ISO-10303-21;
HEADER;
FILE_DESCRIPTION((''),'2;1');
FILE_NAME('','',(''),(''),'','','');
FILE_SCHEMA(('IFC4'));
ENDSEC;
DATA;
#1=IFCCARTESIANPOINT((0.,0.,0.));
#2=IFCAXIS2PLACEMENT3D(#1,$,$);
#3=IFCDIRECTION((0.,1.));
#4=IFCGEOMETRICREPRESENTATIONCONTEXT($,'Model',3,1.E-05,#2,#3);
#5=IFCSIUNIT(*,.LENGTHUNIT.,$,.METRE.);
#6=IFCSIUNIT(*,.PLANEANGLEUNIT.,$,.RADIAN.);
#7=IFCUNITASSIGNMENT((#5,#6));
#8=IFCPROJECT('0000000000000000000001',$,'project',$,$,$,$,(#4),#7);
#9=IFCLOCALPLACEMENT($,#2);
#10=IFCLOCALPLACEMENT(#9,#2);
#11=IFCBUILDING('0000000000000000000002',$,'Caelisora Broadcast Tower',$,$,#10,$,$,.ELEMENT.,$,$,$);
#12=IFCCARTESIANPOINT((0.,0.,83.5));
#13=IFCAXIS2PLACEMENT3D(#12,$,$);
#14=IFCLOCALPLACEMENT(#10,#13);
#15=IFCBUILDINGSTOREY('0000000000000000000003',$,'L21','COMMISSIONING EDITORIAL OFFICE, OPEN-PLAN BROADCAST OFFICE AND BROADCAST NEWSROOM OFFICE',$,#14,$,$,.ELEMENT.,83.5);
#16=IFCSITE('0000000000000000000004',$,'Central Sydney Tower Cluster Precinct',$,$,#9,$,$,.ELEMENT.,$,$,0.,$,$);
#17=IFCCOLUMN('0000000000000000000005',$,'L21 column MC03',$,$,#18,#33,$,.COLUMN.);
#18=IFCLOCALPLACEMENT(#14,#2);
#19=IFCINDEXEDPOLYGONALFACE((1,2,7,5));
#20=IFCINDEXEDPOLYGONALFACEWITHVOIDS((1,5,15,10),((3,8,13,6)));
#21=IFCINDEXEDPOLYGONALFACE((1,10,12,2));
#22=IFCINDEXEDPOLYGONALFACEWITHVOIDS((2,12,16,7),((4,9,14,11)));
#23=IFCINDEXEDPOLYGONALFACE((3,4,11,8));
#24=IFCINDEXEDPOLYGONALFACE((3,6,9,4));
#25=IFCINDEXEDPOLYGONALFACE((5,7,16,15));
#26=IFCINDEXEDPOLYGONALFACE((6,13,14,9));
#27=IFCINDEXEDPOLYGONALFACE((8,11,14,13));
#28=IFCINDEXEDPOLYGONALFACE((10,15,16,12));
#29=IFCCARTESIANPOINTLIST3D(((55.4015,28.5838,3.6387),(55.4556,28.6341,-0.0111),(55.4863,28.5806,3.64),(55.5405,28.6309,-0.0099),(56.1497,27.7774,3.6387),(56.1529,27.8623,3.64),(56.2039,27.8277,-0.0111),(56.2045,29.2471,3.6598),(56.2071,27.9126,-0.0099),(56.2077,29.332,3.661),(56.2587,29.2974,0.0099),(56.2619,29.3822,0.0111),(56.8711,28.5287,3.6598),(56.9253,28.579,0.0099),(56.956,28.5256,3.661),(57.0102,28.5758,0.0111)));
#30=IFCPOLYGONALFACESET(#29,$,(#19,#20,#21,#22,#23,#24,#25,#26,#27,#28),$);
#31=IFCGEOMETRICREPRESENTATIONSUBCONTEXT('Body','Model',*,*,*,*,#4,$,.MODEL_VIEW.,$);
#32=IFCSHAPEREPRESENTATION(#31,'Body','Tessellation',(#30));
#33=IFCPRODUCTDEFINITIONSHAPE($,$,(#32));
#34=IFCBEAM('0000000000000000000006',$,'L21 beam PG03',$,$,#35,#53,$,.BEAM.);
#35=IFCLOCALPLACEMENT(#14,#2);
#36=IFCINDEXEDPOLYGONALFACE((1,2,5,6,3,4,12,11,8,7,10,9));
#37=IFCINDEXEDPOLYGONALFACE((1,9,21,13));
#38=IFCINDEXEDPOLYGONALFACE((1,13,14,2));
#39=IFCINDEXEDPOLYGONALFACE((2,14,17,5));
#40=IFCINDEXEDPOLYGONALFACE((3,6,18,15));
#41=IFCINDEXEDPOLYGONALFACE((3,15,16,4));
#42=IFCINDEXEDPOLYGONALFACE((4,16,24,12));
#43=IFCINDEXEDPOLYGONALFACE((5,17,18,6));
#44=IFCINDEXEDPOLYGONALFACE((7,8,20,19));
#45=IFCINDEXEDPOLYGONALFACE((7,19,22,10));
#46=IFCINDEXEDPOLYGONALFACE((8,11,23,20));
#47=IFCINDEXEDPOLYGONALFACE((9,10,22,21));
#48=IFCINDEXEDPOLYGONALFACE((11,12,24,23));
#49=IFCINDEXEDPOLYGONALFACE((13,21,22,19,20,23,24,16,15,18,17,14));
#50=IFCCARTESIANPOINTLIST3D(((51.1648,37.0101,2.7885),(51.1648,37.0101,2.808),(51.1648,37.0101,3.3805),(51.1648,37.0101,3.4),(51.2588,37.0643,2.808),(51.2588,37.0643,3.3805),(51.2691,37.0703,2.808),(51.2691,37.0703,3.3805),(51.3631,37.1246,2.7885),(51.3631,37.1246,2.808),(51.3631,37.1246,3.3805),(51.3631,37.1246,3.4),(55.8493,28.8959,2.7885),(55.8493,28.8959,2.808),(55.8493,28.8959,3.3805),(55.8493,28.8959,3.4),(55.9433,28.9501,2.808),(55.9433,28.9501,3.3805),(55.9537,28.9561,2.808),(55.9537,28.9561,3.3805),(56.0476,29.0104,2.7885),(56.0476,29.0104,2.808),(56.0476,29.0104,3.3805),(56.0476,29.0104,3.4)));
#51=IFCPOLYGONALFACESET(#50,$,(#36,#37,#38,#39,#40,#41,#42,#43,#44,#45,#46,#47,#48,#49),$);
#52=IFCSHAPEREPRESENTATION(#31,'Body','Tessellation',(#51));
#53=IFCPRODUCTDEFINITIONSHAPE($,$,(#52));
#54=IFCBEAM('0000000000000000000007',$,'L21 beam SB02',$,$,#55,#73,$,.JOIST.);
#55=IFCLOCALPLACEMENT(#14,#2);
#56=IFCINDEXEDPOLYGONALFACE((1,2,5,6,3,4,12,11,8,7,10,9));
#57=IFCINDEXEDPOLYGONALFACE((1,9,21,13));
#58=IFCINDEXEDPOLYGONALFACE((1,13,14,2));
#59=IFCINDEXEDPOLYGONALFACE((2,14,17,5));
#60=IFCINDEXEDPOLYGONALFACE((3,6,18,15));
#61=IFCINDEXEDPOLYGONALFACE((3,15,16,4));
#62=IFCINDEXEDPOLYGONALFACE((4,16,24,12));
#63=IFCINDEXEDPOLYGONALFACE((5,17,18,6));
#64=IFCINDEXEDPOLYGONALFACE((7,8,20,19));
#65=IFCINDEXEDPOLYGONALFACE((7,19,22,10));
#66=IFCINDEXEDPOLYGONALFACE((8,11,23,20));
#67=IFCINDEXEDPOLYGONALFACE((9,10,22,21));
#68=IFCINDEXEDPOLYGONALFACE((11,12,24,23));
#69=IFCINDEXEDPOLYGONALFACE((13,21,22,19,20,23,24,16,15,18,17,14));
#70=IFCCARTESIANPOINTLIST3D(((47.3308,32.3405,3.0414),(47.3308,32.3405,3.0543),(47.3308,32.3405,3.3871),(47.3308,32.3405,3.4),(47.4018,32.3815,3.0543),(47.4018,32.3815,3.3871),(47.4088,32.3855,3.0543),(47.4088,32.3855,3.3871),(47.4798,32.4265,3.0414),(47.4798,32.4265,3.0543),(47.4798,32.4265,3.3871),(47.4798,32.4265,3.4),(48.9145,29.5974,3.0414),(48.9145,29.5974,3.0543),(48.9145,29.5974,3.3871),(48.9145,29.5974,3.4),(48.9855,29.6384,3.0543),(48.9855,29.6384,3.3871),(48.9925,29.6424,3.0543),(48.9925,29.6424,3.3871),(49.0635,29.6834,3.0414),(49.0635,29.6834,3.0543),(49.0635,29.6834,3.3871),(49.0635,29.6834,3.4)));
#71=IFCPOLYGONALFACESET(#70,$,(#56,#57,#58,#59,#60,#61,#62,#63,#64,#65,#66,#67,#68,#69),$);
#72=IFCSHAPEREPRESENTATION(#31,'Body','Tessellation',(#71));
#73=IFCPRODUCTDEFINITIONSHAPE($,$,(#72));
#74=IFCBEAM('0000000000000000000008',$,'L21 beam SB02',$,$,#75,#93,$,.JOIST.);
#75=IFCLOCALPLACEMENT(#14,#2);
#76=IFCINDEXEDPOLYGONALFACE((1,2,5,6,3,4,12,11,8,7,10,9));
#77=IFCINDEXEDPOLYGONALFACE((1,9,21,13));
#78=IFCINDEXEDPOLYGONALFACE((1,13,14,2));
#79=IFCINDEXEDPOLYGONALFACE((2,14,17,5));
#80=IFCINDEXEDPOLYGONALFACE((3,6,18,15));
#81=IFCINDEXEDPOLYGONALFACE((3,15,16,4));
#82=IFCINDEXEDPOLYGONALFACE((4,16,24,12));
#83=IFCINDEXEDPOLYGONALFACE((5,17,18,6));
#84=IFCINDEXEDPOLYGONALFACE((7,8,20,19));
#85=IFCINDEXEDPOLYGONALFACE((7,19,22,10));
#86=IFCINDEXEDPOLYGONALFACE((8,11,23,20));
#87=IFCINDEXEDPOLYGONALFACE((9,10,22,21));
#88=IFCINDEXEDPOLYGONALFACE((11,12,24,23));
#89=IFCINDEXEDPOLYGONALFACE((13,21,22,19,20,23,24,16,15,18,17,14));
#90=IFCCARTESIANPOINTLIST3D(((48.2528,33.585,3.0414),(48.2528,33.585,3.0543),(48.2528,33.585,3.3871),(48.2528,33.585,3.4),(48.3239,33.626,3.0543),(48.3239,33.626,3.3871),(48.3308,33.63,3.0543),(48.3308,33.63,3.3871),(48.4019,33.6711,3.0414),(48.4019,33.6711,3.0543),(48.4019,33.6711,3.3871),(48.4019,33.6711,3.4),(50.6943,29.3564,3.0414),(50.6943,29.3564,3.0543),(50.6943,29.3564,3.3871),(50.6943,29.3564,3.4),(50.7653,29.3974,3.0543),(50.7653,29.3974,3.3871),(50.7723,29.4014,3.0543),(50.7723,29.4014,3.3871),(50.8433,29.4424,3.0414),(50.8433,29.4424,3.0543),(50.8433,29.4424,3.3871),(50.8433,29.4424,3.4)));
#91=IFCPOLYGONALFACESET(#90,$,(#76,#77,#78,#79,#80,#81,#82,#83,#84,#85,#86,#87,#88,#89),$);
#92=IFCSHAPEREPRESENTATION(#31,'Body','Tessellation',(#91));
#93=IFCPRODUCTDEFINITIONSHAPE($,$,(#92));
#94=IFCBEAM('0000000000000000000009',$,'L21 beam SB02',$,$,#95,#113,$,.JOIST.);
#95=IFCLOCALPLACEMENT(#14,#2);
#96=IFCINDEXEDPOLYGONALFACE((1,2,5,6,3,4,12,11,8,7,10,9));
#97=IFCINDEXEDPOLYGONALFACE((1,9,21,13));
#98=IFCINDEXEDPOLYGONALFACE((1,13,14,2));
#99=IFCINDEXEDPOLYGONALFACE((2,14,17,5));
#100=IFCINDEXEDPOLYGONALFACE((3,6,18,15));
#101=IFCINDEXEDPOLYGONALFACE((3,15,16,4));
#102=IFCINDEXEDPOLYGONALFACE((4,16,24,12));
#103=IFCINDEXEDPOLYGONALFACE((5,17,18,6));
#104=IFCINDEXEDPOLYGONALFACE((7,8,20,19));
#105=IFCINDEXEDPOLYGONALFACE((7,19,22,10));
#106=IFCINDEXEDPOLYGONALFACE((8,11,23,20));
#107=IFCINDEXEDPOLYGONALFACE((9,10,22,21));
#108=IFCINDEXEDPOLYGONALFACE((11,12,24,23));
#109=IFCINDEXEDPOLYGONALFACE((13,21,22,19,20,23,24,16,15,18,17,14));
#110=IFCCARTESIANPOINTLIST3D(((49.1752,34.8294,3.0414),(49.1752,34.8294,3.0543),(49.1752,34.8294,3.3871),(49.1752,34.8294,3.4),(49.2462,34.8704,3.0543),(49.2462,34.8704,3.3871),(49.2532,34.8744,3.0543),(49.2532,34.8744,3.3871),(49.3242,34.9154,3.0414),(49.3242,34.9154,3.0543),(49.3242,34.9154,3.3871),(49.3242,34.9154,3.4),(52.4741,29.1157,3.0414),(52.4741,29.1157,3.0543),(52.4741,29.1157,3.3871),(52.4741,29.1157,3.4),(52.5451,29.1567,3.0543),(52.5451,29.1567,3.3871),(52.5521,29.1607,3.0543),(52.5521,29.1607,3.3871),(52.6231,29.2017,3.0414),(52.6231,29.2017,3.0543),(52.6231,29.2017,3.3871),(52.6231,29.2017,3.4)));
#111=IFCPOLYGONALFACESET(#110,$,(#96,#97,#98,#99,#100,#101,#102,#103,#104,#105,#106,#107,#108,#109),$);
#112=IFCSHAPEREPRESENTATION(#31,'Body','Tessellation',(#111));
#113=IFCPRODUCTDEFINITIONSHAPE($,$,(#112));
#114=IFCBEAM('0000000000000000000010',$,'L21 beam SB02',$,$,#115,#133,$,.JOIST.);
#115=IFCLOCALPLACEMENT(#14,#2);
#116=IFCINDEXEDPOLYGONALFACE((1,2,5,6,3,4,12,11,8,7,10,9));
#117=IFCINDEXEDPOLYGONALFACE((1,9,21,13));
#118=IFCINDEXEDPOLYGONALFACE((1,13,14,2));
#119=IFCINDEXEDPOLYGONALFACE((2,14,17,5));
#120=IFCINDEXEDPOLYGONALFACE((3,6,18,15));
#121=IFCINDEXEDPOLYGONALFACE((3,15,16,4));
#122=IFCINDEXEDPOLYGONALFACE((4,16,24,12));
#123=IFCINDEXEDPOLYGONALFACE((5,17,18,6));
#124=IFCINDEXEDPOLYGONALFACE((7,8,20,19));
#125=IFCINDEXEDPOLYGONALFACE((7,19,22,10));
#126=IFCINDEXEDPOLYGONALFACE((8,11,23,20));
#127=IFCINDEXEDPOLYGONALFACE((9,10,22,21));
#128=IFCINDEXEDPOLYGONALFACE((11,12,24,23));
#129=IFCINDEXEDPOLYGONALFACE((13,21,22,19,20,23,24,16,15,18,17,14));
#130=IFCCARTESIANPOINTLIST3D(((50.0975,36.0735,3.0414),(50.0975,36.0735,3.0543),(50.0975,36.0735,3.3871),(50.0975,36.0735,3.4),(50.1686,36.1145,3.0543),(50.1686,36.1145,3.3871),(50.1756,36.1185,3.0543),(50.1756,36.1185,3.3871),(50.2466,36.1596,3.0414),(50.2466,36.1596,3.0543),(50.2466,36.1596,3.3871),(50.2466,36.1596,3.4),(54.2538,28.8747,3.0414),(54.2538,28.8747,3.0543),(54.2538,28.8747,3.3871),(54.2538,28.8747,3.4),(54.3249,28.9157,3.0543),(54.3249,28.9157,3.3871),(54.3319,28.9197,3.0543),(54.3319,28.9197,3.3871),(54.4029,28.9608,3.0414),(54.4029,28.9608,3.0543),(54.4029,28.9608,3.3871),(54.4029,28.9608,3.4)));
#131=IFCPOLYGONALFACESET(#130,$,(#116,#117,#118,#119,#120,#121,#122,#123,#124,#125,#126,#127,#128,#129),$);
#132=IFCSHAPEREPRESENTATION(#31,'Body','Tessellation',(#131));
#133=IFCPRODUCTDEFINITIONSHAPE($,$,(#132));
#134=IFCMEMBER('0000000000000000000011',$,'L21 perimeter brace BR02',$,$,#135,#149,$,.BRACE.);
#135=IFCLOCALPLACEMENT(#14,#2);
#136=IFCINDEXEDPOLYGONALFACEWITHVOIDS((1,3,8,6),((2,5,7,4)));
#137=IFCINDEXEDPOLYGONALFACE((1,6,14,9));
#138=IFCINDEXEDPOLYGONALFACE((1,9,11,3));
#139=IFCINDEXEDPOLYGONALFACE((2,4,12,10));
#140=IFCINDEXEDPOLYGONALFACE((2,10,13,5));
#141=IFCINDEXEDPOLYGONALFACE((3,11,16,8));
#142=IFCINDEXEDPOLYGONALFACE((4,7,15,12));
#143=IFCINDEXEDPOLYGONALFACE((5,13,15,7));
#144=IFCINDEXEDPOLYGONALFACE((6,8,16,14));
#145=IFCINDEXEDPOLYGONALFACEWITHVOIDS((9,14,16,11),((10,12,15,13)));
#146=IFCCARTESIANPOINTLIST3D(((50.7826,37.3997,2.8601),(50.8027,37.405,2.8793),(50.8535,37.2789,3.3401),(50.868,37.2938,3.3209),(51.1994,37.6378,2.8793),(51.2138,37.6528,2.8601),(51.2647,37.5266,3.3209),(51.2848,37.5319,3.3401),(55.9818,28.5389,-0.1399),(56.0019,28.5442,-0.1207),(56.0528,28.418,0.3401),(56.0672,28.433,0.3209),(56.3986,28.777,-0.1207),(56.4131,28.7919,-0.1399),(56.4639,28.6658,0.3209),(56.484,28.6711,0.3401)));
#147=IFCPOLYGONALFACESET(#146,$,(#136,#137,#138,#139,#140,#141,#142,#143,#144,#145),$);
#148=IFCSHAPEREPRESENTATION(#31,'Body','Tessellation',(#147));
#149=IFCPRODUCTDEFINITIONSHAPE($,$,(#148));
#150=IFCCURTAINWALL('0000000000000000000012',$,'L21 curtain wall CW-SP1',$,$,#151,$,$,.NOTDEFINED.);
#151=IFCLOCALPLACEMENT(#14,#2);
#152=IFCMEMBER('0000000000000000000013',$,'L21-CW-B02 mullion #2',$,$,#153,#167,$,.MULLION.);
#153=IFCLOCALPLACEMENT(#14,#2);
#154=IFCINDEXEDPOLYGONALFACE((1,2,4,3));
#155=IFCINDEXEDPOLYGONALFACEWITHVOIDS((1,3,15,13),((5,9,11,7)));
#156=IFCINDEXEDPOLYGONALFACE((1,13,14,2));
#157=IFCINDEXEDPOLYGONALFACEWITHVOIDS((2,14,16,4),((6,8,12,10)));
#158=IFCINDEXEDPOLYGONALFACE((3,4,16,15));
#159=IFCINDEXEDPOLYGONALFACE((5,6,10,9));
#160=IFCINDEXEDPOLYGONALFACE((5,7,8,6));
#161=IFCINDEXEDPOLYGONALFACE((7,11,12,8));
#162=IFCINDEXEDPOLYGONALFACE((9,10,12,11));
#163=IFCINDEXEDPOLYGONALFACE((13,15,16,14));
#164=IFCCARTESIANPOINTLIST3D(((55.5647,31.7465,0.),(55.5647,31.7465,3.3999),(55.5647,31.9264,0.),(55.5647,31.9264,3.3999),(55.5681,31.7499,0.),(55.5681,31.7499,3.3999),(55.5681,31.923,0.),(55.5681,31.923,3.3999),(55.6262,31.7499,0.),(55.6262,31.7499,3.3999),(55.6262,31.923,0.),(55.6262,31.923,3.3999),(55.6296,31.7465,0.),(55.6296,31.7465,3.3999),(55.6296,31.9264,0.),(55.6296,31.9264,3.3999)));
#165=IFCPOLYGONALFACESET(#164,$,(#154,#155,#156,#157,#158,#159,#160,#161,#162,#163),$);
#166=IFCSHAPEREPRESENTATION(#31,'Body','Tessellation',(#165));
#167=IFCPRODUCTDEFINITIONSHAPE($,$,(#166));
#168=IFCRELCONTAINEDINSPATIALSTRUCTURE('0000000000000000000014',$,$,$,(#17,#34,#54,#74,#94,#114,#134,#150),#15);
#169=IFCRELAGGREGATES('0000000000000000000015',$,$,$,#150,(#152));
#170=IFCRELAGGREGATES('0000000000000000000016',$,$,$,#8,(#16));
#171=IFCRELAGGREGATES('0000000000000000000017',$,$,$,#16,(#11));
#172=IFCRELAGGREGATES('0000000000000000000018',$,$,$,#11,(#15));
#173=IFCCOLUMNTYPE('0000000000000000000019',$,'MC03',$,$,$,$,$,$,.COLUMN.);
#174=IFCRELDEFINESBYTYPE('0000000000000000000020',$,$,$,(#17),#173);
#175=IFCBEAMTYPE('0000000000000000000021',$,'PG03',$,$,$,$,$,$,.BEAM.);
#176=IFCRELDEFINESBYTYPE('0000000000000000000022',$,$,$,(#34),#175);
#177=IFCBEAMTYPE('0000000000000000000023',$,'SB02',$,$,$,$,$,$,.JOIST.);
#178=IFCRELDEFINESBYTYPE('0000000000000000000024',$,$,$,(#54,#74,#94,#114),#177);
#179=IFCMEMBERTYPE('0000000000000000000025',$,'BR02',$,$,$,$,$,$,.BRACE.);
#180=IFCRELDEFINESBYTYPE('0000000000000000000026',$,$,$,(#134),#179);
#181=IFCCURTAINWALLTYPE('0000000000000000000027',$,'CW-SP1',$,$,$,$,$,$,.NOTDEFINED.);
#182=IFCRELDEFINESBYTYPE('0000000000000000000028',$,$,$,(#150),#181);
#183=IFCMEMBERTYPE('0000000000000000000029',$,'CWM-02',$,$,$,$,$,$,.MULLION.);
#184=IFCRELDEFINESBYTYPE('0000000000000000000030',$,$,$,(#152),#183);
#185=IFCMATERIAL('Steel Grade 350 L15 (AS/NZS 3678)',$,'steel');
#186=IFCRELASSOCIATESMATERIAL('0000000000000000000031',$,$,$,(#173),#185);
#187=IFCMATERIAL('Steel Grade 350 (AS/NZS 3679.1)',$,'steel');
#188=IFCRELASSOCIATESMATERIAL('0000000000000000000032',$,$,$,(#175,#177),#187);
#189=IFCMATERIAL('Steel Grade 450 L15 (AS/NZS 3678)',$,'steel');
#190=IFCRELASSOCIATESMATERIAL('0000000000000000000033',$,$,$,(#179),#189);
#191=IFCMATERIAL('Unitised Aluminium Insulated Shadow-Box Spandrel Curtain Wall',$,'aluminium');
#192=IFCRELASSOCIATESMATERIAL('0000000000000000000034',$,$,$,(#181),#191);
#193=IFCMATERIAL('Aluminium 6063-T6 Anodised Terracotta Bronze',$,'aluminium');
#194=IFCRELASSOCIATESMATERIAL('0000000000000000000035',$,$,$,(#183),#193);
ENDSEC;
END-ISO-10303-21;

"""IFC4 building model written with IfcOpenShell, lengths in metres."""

from ifc_helpers import new_model, si_unit, direction, frame, origin, origin_2d, place, context, subcontext, project, spatial, hollow_rectangle, i_section, extrude, source, transform, mapped, material, material_profile, profile_set, type_object, type_shapes, element, aggregate, save


model = new_model("IFC4")

# Units and contexts
model_context = context("Model", 3, precision=1e-05, world=origin(), true_north=direction((0.0, 1.0)))
body_context = subcontext(model_context, "Body", "Model", "MODEL_VIEW")
ifc_project = project(units=[si_unit("LENGTHUNIT", "METRE"), si_unit("PLANEANGLEUNIT", "RADIAN")], contexts=[model_context])

# Site, building, storey
site_placement = place(None, origin())
site = spatial("IfcSite", under=ifc_project, at=site_placement, Name="Central Sydney Tower Cluster Precinct", CompositionType="ELEMENT", RefElevation=0.0)
building_placement = place(site_placement, origin())
building = spatial("IfcBuilding", under=site, at=building_placement, Name="Caelisora Broadcast Tower", CompositionType="ELEMENT")
storey_placement = place(building_placement, frame((0.0, 0.0, 83.5)))
storey = spatial("IfcBuildingStorey", under=building, at=storey_placement, Name="L21", Description="COMMISSIONING EDITORIAL OFFICE, OPEN-PLAN BROADCAST OFFICE AND BROADCAST NEWSROOM OFFICE", CompositionType="ELEMENT", Elevation=83.5)

# Column
ifc_material_1 = material(Name="Steel Grade 350 L15 (AS/NZS 3678)", Category="steel")
ifc_material_profile_1 = material_profile(ifc_material_1, hollow_rectangle(XDim=1.1001, YDim=1.1001, WallThickness=0.0601, at=origin_2d()), Name="Steel Grade 350 L15 (AS/NZS 3678)")
ifc_profile_set_1 = profile_set([ifc_material_profile_1], Name="Steel Grade 350 L15 (AS/NZS 3678)")
column_type = type_object("IfcColumnType", Name="MC03", PredefinedType="COLUMN", material=ifc_profile_set_1)
shared_shape_1 = source(origin(), body_context, "Body", "SweptSolid", [
    extrude(hollow_rectangle(XDim=1.1001, YDim=1.1001, WallThickness=0.0601, at=origin_2d()), origin(), (0.0, 0.0, 1.0), 3.6506),
])
type_shapes(column_type, [shared_shape_1])
column_placement = place(storey_placement, frame((56.2329, 28.605, 0.0), z_axis=(-0.014846, -0.013776, 0.999795), x_axis=(0.680198, -0.733029, 0.0)))
element("IfcColumn", 1, at=column_placement, inside=storey, type_object=column_type, Name="L21 column MC03", PredefinedType="COLUMN", context=body_context, shape_type="MappedRepresentation", body=[
    mapped(shared_shape_1, transform((0.0, 0.0, 0.0), scale=1.0)),
])

# Beams
ifc_material_2 = material(Name="Steel Grade 350 (AS/NZS 3679.1)", Category="steel")
ifc_material_profile_2 = material_profile(ifc_material_2, i_section(OverallWidth=0.229, OverallDepth=0.6116, WebThickness=0.012, FlangeThickness=0.0195, at=origin_2d()), Name="Steel Grade 350 (AS/NZS 3679.1)")
ifc_profile_set_2 = profile_set([ifc_material_profile_2], Name="Steel Grade 350 (AS/NZS 3679.1)")
beam_type_1 = type_object("IfcBeamType", Name="PG03", PredefinedType="BEAM", material=ifc_profile_set_2)
shared_shape_2 = source(origin(), body_context, "Body", "SweptSolid", [
    extrude(i_section(OverallWidth=0.229, OverallDepth=0.6116, WebThickness=0.012, FlangeThickness=0.0195, at=origin_2d()), origin(), (0.0, 0.0, 1.0), 9.3694),
])
type_shapes(beam_type_1, [shared_shape_2])
beam_1_placement = place(storey_placement, frame((55.9485, 28.9531, 3.0942), z_axis=(-0.499984, 0.866035, 0.0), x_axis=(-0.866035, -0.499984, 0.0)))
element("IfcBeam", 2, at=beam_1_placement, inside=storey, type_object=beam_type_1, Name="L21 beam PG03", PredefinedType="BEAM", context=body_context, shape_type="MappedRepresentation", body=[
    mapped(shared_shape_2, transform((0.0, 0.0, 0.0), scale=1.0)),
])
ifc_material_profile_3 = material_profile(ifc_material_2, i_section(OverallWidth=0.1721, OverallDepth=0.3586, WebThickness=0.0081, FlangeThickness=0.0129, at=origin_2d()), Name="Steel Grade 350 (AS/NZS 3679.1)")
ifc_profile_set_3 = profile_set([ifc_material_profile_3], Name="Steel Grade 350 (AS/NZS 3679.1)")
beam_type_2 = type_object("IfcBeamType", Name="SB02", PredefinedType="JOIST", material=ifc_profile_set_3)
shared_shape_3 = source(origin(), body_context, "Body", "SweptSolid", [
    extrude(i_section(OverallWidth=0.1721, OverallDepth=0.3586, WebThickness=0.0081, FlangeThickness=0.0129, at=origin_2d()), origin(), (0.0, 0.0, 1.0), 3.1675),
])
beam_2_placement = place(storey_placement, frame((48.989, 29.6404, 3.2207), z_axis=(-0.499994, 0.866029, 0.0), x_axis=(-0.866029, -0.499994, 0.0)))
element("IfcBeam", 3, at=beam_2_placement, inside=storey, type_object=beam_type_2, Name="L21 beam SB02", PredefinedType="JOIST", context=body_context, shape_type="MappedRepresentation", body=[
    mapped(shared_shape_3, transform((0.0, 0.0, 0.0), scale=1.0)),
])
shared_shape_4 = source(origin(), body_context, "Body", "SweptSolid", [
    extrude(i_section(OverallWidth=0.1721, OverallDepth=0.3586, WebThickness=0.0081, FlangeThickness=0.0129, at=origin_2d()), origin(), (0.0, 0.0, 1.0), 4.8828),
])
beam_3_placement = place(storey_placement, frame((50.7688, 29.3994, 3.2207), z_axis=(-0.500011, 0.866019, 0.0), x_axis=(-0.866019, -0.500011, 0.0)))
element("IfcBeam", 4, at=beam_3_placement, inside=storey, type_object=beam_type_2, Name="L21 beam SB02", PredefinedType="JOIST", context=body_context, shape_type="MappedRepresentation", body=[
    mapped(shared_shape_4, transform((0.0, 0.0, 0.0), scale=1.0)),
])
shared_shape_5 = source(origin(), body_context, "Body", "SweptSolid", [
    extrude(i_section(OverallWidth=0.1721, OverallDepth=0.3586, WebThickness=0.0081, FlangeThickness=0.0129, at=origin_2d()), origin(), (0.0, 0.0, 1.0), 6.5977),
])
beam_4_placement = place(storey_placement, frame((52.5486, 29.1587, 3.2207), z_axis=(-0.500008, 0.866021, 0.0), x_axis=(-0.866021, -0.500008, 0.0)))
element("IfcBeam", 5, at=beam_4_placement, inside=storey, type_object=beam_type_2, Name="L21 beam SB02", PredefinedType="JOIST", context=body_context, shape_type="MappedRepresentation", body=[
    mapped(shared_shape_5, transform((0.0, 0.0, 0.0), scale=1.0)),
])
shared_shape_6 = source(origin(), body_context, "Body", "SweptSolid", [
    extrude(i_section(OverallWidth=0.1721, OverallDepth=0.3586, WebThickness=0.0081, FlangeThickness=0.0129, at=origin_2d()), origin(), (0.0, 0.0, 1.0), 8.3125),
])
type_shapes(beam_type_2, [shared_shape_3, shared_shape_4, shared_shape_5, shared_shape_6])
beam_5_placement = place(storey_placement, frame((54.3284, 28.9177, 3.2207), z_axis=(-0.500006, 0.866022, 0.0), x_axis=(-0.866022, -0.500006, 0.0)))
element("IfcBeam", 6, at=beam_5_placement, inside=storey, type_object=beam_type_2, Name="L21 beam SB02", PredefinedType="JOIST", context=body_context, shape_type="MappedRepresentation", body=[
    mapped(shared_shape_6, transform((0.0, 0.0, 0.0), scale=1.0)),
])

# Member
ifc_material_3 = material(Name="Steel Grade 450 L15 (AS/NZS 3678)", Category="steel")
ifc_material_profile_4 = material_profile(ifc_material_3, hollow_rectangle(XDim=0.5, YDim=0.5, WallThickness=0.02, at=origin_2d()), Name="Steel Grade 450 L15 (AS/NZS 3678)")
ifc_profile_set_4 = profile_set([ifc_material_profile_4], Name="Steel Grade 450 L15 (AS/NZS 3678)")
member_type_1 = type_object("IfcMemberType", Name="BR02", PredefinedType="BRACE", material=ifc_profile_set_4)
shared_shape_7 = source(origin(), body_context, "Body", "SweptSolid", [
    extrude(hollow_rectangle(XDim=0.5, YDim=0.5, WallThickness=0.02, at=origin_2d()), origin(), (0.0, 0.0, 1.0), 10.7026),
])
type_shapes(member_type_1, [shared_shape_7])
member_1_placement = place(storey_placement, frame((56.2329, 28.605, 0.1001), z_axis=(-0.485789, 0.827912, 0.280305), x_axis=(-0.862488, -0.506077, 0.0)))
element("IfcMember", 7, at=member_1_placement, inside=storey, type_object=member_type_1, Name="L21 perimeter brace BR02", PredefinedType="BRACE", context=body_context, shape_type="MappedRepresentation", body=[
    mapped(shared_shape_7, transform((0.0, 0.0, 0.0), scale=1.0)),
])

# Curtain wall, member
ifc_material_4 = material(Name="Unitised Aluminium Insulated Shadow-Box Spandrel Curtain Wall", Category="aluminium")
curtain_wall_type_1 = type_object("IfcCurtainWallType", Name="CW-SP1", PredefinedType="NOTDEFINED", material=ifc_material_4)
curtain_wall_1_placement = place(storey_placement, origin())
curtain_wall_1 = element("IfcCurtainWall", 8, at=curtain_wall_1_placement, inside=storey, type_object=curtain_wall_type_1, Name="L21 curtain wall CW-SP1", PredefinedType="NOTDEFINED")
ifc_material_5 = material(Name="Aluminium 6063-T6 Anodised Terracotta Bronze", Category="aluminium")
ifc_material_profile_5 = material_profile(ifc_material_5, hollow_rectangle(XDim=0.0649, YDim=0.1799, WallThickness=0.0034, at=origin_2d()), Name="Aluminium 6063-T6 Anodised Terracotta Bronze")
ifc_profile_set_5 = profile_set([ifc_material_profile_5], Name="Aluminium 6063-T6 Anodised Terracotta Bronze")
member_type_2 = type_object("IfcMemberType", Name="CWM-02", PredefinedType="MULLION", material=ifc_profile_set_5)
shared_shape_8 = source(origin(), body_context, "Body", "SweptSolid", [
    extrude(hollow_rectangle(XDim=0.0649, YDim=0.1799, WallThickness=0.0034, at=origin_2d()), origin(), (0.0, 0.0, 1.0), 3.3999),
])
type_shapes(member_type_2, [shared_shape_8])
member_2_placement = place(storey_placement, frame((55.5972, 31.8364, 0.0), z_axis=(0.0, 0.0, 1.0), x_axis=(1.0, 0.0, 0.0)))
member_2 = element("IfcMember", 9, at=member_2_placement, type_object=member_type_2, Name="L21-CW-B02 mullion #2", PredefinedType="MULLION", context=body_context, shape_type="MappedRepresentation", body=[
    mapped(shared_shape_8, transform((0.0, 0.0, 0.0), scale=1.0)),
])

aggregate(curtain_wall_1, [member_2])

save(model, "model.ifc")
